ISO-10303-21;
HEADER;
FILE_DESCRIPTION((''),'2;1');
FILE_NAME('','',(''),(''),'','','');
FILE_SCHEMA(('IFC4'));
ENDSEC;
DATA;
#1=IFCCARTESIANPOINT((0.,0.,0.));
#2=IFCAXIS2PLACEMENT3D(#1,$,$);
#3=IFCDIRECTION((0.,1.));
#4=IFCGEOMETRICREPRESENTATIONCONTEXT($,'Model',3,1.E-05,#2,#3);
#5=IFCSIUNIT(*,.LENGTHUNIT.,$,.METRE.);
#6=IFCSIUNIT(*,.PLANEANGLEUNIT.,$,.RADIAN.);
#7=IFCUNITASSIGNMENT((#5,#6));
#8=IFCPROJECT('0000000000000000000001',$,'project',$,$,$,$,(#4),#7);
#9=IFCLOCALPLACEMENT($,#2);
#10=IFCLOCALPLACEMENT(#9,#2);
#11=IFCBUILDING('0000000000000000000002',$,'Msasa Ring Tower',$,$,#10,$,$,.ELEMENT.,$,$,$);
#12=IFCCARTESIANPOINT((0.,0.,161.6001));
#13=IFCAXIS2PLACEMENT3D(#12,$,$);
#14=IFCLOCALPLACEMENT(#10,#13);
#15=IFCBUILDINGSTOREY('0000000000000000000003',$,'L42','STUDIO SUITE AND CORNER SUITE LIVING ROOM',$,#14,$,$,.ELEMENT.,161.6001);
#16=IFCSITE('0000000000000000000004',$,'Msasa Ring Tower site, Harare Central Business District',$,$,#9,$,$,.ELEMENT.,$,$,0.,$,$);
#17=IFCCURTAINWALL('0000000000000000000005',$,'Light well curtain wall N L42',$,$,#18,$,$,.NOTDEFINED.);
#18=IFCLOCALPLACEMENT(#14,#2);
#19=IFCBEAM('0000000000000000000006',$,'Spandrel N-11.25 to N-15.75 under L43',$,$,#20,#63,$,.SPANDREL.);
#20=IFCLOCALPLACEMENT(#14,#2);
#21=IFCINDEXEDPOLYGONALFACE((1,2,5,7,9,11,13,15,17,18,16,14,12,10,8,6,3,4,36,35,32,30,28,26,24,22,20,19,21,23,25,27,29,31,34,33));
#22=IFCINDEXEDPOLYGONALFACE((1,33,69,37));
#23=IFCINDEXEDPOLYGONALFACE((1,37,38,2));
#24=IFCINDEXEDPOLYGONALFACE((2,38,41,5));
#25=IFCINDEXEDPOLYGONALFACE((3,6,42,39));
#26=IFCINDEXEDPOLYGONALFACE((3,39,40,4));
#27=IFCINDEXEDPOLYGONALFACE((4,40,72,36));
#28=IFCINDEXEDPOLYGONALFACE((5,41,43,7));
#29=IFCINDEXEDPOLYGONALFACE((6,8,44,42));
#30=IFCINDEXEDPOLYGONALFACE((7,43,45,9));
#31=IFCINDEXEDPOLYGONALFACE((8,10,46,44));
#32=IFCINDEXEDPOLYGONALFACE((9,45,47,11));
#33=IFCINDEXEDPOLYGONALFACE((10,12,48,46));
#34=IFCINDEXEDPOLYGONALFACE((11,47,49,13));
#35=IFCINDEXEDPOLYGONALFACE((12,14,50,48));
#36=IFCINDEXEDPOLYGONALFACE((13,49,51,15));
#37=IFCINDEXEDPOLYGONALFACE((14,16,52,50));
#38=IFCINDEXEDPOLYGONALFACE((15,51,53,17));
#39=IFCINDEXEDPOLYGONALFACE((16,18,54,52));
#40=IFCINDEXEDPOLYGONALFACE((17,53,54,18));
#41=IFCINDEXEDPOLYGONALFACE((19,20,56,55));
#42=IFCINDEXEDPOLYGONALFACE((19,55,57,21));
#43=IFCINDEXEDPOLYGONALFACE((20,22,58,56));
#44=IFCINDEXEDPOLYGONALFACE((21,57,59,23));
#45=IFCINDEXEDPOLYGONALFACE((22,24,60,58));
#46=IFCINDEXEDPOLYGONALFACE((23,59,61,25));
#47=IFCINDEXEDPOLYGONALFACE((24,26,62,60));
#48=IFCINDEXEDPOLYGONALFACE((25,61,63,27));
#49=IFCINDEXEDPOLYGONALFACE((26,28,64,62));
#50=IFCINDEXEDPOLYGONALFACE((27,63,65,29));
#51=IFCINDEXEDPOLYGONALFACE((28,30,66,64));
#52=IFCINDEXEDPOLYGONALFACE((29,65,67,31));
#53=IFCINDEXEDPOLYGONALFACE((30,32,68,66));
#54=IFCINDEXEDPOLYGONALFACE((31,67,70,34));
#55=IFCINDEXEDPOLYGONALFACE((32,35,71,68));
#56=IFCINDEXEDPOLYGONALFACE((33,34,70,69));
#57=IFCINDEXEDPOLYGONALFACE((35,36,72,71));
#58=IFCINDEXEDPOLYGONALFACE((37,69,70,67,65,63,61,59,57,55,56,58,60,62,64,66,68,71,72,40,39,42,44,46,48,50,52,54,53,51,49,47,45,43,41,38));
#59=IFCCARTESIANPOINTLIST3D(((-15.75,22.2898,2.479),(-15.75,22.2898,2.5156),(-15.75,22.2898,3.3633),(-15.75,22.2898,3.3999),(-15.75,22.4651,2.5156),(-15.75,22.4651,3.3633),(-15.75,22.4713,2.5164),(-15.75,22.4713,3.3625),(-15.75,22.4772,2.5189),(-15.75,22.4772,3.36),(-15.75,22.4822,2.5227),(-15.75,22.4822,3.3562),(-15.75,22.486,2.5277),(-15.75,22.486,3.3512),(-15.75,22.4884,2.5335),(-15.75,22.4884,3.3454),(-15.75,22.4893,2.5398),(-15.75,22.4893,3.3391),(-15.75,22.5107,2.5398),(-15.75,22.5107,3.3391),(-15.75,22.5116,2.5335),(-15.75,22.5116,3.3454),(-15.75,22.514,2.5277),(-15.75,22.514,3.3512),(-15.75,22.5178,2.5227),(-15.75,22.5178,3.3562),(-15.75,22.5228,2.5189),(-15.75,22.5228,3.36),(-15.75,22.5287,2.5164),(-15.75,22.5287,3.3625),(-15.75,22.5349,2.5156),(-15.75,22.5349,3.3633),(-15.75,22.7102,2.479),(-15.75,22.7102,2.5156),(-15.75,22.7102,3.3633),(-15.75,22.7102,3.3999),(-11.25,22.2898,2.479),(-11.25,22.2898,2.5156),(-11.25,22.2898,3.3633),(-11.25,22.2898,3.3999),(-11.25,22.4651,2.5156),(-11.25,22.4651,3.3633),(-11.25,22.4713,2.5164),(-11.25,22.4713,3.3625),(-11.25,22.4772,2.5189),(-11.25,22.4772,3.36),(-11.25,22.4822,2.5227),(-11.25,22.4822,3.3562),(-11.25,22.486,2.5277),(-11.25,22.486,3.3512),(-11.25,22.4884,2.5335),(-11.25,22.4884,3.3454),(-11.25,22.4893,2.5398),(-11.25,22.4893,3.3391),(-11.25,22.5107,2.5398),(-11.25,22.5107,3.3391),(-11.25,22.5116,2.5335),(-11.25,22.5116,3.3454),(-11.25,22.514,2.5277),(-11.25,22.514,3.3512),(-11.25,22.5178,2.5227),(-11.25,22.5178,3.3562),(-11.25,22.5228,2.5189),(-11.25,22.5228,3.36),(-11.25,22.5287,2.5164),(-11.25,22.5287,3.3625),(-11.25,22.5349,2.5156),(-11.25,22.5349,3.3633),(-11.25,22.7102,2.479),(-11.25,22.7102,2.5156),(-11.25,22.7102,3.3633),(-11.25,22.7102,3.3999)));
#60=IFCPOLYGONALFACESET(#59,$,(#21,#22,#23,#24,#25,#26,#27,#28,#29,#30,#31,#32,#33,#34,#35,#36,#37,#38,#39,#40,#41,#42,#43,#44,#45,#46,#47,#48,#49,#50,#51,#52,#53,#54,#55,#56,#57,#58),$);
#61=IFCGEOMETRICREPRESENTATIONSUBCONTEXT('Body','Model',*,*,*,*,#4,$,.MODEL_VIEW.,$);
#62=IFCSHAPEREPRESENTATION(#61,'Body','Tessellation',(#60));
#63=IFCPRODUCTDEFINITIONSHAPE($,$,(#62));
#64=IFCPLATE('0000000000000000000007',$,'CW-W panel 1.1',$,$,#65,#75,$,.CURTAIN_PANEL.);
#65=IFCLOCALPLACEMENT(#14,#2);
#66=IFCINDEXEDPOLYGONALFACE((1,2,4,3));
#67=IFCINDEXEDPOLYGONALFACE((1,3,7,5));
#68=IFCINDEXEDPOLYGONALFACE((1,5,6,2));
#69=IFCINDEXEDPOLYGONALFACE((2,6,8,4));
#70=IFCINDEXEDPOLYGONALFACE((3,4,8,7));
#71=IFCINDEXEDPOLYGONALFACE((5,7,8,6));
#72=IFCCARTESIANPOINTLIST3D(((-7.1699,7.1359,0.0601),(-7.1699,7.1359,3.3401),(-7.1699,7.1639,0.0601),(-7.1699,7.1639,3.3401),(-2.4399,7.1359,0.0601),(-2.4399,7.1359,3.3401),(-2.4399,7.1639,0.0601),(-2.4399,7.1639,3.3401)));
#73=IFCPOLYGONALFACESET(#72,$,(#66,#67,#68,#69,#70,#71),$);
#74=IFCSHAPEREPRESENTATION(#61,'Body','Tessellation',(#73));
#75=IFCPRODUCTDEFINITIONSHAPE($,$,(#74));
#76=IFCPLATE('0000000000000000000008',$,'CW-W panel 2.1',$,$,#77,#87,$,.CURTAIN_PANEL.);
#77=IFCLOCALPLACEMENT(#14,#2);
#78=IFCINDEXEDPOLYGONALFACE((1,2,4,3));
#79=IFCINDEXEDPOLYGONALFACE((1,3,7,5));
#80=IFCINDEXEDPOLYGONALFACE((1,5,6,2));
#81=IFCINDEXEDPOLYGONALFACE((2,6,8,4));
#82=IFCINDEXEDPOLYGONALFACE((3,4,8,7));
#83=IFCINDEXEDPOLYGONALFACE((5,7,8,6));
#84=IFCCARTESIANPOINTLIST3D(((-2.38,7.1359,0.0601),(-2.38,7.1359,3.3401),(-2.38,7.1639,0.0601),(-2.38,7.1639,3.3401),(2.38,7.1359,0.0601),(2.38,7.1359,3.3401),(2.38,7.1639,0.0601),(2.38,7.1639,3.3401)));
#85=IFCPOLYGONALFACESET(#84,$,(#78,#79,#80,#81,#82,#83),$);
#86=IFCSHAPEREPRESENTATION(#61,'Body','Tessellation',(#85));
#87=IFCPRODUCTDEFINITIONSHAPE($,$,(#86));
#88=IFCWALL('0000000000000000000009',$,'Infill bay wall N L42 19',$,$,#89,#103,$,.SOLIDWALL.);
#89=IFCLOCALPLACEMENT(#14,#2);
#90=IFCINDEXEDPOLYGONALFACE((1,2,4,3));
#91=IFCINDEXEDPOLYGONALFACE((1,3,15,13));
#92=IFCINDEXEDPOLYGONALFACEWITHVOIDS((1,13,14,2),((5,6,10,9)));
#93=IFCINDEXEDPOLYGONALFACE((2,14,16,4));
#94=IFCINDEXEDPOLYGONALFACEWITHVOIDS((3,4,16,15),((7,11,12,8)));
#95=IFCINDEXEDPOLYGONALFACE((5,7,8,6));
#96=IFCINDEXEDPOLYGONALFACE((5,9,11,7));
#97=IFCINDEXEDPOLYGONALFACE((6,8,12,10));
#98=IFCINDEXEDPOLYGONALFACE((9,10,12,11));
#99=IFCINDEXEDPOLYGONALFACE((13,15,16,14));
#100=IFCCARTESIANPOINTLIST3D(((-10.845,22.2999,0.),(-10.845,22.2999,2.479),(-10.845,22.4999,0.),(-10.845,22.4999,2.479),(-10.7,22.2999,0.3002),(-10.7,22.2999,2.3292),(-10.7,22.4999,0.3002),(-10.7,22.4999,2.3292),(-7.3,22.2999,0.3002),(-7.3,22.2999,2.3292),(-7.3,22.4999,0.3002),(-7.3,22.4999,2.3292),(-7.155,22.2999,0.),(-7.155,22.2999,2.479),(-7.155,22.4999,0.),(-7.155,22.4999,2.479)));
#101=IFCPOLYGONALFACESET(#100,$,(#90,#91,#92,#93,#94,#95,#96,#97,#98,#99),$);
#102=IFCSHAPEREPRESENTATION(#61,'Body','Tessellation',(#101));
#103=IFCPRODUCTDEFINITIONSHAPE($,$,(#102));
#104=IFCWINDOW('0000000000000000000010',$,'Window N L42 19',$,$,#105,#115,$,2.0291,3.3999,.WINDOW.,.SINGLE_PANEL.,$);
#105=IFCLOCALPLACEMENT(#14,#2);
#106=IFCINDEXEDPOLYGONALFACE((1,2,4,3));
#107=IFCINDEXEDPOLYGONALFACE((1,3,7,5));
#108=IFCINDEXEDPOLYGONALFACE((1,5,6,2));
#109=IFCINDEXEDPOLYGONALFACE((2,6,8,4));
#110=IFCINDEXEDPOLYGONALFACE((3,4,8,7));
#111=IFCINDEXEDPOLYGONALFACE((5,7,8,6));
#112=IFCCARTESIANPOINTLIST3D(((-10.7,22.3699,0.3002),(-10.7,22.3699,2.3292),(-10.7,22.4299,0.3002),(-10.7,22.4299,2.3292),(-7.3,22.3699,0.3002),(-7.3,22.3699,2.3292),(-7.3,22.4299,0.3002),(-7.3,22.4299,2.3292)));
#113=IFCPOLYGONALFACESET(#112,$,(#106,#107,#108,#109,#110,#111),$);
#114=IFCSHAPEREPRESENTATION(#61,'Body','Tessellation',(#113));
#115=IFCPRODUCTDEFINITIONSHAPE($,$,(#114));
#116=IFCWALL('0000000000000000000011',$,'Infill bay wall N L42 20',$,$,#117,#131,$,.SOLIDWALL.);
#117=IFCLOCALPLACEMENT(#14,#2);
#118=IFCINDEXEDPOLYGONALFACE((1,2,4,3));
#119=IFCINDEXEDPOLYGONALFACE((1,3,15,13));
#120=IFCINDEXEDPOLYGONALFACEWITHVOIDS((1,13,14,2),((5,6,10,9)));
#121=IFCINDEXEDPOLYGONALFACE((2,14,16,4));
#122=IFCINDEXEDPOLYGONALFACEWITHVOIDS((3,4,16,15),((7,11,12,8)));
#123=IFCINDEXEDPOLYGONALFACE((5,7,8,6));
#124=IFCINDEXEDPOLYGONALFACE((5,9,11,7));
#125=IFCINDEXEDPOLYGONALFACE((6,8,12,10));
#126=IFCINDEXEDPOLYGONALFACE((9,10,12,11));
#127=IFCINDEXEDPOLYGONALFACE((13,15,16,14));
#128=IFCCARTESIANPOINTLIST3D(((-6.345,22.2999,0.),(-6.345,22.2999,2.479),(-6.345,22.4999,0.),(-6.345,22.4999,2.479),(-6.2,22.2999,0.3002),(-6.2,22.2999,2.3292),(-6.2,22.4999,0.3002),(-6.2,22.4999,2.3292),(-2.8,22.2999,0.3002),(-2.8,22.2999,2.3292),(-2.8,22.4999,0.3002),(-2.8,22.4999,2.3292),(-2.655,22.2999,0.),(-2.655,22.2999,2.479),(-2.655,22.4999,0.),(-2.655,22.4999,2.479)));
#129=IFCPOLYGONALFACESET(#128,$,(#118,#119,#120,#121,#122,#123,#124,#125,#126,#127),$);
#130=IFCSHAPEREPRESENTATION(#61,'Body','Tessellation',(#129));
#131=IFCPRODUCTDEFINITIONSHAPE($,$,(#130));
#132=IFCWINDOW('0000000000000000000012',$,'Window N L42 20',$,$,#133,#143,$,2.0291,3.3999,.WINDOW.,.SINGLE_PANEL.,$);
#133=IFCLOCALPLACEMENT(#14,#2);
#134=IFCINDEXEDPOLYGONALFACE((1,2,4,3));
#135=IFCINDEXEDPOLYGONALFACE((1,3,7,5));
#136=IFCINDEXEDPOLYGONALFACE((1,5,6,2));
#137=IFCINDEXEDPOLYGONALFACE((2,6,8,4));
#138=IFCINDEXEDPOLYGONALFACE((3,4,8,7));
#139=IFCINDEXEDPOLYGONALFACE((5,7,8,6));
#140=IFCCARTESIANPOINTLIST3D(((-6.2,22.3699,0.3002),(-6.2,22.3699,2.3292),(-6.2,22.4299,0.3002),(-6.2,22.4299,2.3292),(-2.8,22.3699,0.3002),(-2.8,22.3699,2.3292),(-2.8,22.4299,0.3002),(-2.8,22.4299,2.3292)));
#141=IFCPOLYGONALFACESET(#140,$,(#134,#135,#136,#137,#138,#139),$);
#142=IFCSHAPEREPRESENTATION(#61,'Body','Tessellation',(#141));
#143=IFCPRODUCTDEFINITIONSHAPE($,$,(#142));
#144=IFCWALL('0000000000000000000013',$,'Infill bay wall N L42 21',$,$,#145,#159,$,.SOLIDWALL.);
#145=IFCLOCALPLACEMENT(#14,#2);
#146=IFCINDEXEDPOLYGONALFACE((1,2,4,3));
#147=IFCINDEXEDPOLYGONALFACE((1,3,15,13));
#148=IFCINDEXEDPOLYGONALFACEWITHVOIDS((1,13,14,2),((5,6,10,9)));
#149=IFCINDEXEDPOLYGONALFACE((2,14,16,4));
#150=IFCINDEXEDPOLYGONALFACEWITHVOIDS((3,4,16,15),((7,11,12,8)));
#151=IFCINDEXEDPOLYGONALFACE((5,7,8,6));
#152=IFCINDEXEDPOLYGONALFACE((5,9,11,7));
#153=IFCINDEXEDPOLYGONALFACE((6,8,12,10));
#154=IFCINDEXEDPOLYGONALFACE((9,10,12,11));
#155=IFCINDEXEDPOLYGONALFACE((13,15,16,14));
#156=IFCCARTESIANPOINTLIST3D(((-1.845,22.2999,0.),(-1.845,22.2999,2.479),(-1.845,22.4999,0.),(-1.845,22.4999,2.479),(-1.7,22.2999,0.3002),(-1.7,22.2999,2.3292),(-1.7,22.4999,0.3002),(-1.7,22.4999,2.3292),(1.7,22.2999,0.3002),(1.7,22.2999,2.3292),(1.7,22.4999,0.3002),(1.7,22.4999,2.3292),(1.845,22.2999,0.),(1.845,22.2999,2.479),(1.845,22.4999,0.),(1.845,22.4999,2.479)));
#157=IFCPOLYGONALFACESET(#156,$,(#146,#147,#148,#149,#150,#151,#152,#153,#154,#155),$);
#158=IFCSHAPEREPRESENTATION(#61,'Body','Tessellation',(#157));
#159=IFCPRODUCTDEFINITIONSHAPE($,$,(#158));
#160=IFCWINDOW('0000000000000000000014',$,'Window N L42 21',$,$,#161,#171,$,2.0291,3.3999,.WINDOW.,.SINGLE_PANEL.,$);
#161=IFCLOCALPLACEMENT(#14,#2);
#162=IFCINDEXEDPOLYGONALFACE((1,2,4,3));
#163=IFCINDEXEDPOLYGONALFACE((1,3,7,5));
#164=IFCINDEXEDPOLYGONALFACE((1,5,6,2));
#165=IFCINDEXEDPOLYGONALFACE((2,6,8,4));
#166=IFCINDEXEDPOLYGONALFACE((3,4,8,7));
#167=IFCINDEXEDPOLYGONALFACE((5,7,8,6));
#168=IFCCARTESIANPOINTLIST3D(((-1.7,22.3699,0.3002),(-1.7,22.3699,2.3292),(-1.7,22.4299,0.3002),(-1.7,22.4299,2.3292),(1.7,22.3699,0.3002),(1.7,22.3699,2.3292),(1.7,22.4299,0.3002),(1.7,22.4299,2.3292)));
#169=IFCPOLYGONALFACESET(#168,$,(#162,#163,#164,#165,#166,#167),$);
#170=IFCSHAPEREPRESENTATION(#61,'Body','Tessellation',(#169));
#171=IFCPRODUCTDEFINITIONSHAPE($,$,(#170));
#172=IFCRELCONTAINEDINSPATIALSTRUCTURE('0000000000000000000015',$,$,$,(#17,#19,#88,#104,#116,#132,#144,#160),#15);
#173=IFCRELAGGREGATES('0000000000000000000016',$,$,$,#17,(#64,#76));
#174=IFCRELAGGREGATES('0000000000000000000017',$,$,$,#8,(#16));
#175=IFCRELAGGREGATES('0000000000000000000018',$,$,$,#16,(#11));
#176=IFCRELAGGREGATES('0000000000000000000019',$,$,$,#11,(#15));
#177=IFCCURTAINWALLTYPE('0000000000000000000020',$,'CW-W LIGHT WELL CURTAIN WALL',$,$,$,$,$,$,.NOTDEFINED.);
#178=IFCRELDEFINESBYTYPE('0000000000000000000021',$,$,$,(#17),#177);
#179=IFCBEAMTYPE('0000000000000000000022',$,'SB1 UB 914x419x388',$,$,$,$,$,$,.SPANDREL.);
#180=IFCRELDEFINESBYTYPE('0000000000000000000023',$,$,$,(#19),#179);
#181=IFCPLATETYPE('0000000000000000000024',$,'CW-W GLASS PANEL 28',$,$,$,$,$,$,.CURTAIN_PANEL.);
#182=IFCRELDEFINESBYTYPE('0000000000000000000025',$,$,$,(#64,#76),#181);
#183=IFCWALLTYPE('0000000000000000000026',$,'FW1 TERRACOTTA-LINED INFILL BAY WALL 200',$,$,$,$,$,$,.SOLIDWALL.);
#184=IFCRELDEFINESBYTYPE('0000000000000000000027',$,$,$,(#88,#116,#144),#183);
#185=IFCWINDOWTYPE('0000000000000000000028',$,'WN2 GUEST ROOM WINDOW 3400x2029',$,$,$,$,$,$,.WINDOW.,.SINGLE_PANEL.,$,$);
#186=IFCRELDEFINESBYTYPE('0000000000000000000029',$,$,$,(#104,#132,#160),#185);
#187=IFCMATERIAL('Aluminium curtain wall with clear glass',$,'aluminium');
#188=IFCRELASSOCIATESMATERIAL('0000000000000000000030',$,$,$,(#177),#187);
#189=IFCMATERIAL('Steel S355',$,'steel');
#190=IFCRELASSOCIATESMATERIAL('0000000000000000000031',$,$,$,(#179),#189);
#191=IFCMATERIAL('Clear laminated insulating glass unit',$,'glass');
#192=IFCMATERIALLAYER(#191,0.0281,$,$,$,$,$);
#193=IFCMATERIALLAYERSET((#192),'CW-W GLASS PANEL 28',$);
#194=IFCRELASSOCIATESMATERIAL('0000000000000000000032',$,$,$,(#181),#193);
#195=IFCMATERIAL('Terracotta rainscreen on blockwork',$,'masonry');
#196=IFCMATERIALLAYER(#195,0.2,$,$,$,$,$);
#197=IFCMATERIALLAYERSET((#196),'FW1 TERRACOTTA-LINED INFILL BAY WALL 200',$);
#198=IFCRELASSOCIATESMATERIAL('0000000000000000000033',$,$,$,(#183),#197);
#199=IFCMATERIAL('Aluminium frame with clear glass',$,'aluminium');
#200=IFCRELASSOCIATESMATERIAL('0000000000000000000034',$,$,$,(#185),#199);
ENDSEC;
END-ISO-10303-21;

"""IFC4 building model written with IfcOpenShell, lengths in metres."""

from ifc_helpers import new_model, si_unit, direction, frame, frame_2d, origin, origin_2d, place, context, subcontext, project, spatial, rectangle, i_section, extrude, material, layer, layer_set, material_profile, profile_set, type_object, element, fill, aggregate, save


model = new_model("IFC4")

# Units and contexts
model_context = context("Model", 3, precision=1e-05, world=origin(), true_north=direction((0.0, 1.0)))
body_context = subcontext(model_context, "Body", "Model", "MODEL_VIEW")
ifc_project = project(units=[si_unit("LENGTHUNIT", "METRE"), si_unit("PLANEANGLEUNIT", "RADIAN")], contexts=[model_context])

# Site, building, storey
site_placement = place(None, origin())
site = spatial("IfcSite", under=ifc_project, at=site_placement, Name="Msasa Ring Tower site, Harare Central Business District", CompositionType="ELEMENT", RefElevation=0.0)
building_placement = place(site_placement, origin())
building = spatial("IfcBuilding", under=site, at=building_placement, Name="Msasa Ring Tower", CompositionType="ELEMENT")
storey_placement = place(building_placement, frame((0.0, 0.0, 161.6001)))
storey = spatial("IfcBuildingStorey", under=building, at=storey_placement, Name="L42", Description="STUDIO SUITE AND CORNER SUITE LIVING ROOM", CompositionType="ELEMENT", Elevation=161.6001)

# Curtain wall
ifc_material_1 = material(Name="Aluminium curtain wall with clear glass", Category="aluminium")
curtain_wall_type = type_object("IfcCurtainWallType", Name="CW-W LIGHT WELL CURTAIN WALL", PredefinedType="NOTDEFINED", material=ifc_material_1)
curtain_wall_placement = place(storey_placement, origin())
curtain_wall = element("IfcCurtainWall", 1, at=curtain_wall_placement, inside=storey, type_object=curtain_wall_type, Name="Light well curtain wall N L42", PredefinedType="NOTDEFINED")

# Beam
ifc_material_2 = material(Name="Steel S355", Category="steel")
ifc_material_profile_1 = material_profile(ifc_material_2, i_section(OverallWidth=0.4204, OverallDepth=0.9209, WebThickness=0.0215, FlangeThickness=0.0366, FilletRadius=0.0242, at=origin_2d()), Name="UB 914x419x388")
ifc_profile_set_1 = profile_set([ifc_material_profile_1], Name="Steel S355")
beam_type_1 = type_object("IfcBeamType", Name="SB1 UB 914x419x388", PredefinedType="SPANDREL", material=ifc_profile_set_1)
for number, where, z_axis, x_axis, name in (
    (2, (-11.25, 22.5, 2.9395), (-1.0, 0.0, 0.0), (0.0, -1.0, 0.0), "Spandrel N-11.25 to N-15.75 under L43"),
):
    element("IfcBeam", number, at=place(storey_placement, frame(where, z_axis=z_axis, x_axis=x_axis)), inside=storey, type_object=beam_type_1, Name=name, PredefinedType="SPANDREL", context=body_context, shape_type="SweptSolid", body=[
        extrude(i_section(OverallWidth=0.4204, OverallDepth=0.9209, WebThickness=0.0215, FlangeThickness=0.0366, FilletRadius=0.0242, at=origin_2d()), origin(), (0.0, 0.0, 1.0), 4.5),
    ])

# Plates
ifc_material_3 = material(Name="Clear laminated insulating glass unit", Category="glass")
ifc_layer_1 = layer(ifc_material_3, 0.0281)
ifc_layer_set_1 = layer_set([ifc_layer_1], Name="CW-W GLASS PANEL 28")
plate_type = type_object("IfcPlateType", Name="CW-W GLASS PANEL 28", PredefinedType="CURTAIN_PANEL", material=ifc_layer_set_1)
plate_1_placement = place(storey_placement, frame((-4.8049, 7.1499, 0.0601), z_axis=(0.0, 0.0, 1.0), x_axis=(1.0, 0.0, 0.0)))
plate_1 = element("IfcPlate", 3, at=plate_1_placement, type_object=plate_type, Name="CW-W panel 1.1", PredefinedType="CURTAIN_PANEL", context=body_context, shape_type="SweptSolid", body=[
    extrude(rectangle(XDim=4.73, YDim=0.0281, at=origin_2d()), origin(), (0.0, 0.0, 1.0), 3.28),
])
plate_2_placement = place(storey_placement, frame((0.0, 7.1499, 0.0601), z_axis=(0.0, 0.0, 1.0), x_axis=(1.0, 0.0, 0.0)))
plate_2 = element("IfcPlate", 4, at=plate_2_placement, type_object=plate_type, Name="CW-W panel 2.1", PredefinedType="CURTAIN_PANEL", context=body_context, shape_type="SweptSolid", body=[
    extrude(rectangle(XDim=4.76, YDim=0.0281, at=origin_2d()), origin(), (0.0, 0.0, 1.0), 3.28),
])
aggregate(curtain_wall, [plate_1, plate_2])

# Walls, openings, windows
ifc_material_4 = material(Name="Terracotta rainscreen on blockwork", Category="masonry")
ifc_layer_2 = layer(ifc_material_4, 0.2)
ifc_layer_set_2 = layer_set([ifc_layer_2], Name="FW1 TERRACOTTA-LINED INFILL BAY WALL 200")
wall_type_1 = type_object("IfcWallType", Name="FW1 TERRACOTTA-LINED INFILL BAY WALL 200", PredefinedType="SOLIDWALL", material=ifc_layer_set_2)
wall_1_placement = place(storey_placement, frame((-10.845, 22.3999, 0.0), z_axis=(0.0, 0.0, 1.0), x_axis=(1.0, 0.0, 0.0)))
wall_1 = element("IfcWall", 5, at=wall_1_placement, inside=storey, type_object=wall_type_1, Name="Infill bay wall N L42 19", PredefinedType="SOLIDWALL", context=body_context, shape_type="SweptSolid", body=[
    extrude(rectangle(XDim=3.6899, YDim=0.2, at=frame_2d((1.845, 0.0))), origin(), (0.0, 0.0, 1.0), 2.479),
])
opening_1_placement = place(wall_1_placement, frame((0.145, 0.0, 0.3)))
opening_1 = element("IfcOpeningElement", 6, at=opening_1_placement, cuts=wall_1, PredefinedType="OPENING", context=body_context, shape_type="SweptSolid", body=[
    extrude(rectangle(XDim=3.3999, YDim=2.0291, at=frame_2d((1.7, 1.0146))), frame((0.0, 0.1099, 0.0), z_axis=(0.0, -1.0, 0.0), x_axis=(1.0, 0.0, 0.0)), (0.0, 0.0, 1.0), 0.22),
])
ifc_material_5 = material(Name="Aluminium frame with clear glass", Category="aluminium")
window_type = type_object("IfcWindowType", Name="WN2 GUEST ROOM WINDOW 3400x2029", PartitioningType="SINGLE_PANEL", PredefinedType="WINDOW", material=ifc_material_5)
window_1_placement = place(opening_1_placement, origin())
window_1 = element("IfcWindow", 7, at=window_1_placement, inside=storey, type_object=window_type, Name="Window N L42 19", OverallHeight=2.0291, OverallWidth=3.3999, PartitioningType="SINGLE_PANEL", PredefinedType="WINDOW", context=body_context, shape_type="SweptSolid", body=[
    extrude(rectangle(XDim=3.3999, YDim=2.0291, at=frame_2d((1.7, 1.0146))), frame((0.0, 0.03, 0.0), z_axis=(0.0, -1.0, 0.0), x_axis=(1.0, 0.0, 0.0)), (0.0, 0.0, 1.0), 0.0601),
])
fill(opening_1, window_1)
wall_2_placement = place(storey_placement, frame((-6.345, 22.3999, 0.0), z_axis=(0.0, 0.0, 1.0), x_axis=(1.0, 0.0, 0.0)))
wall_2 = element("IfcWall", 8, at=wall_2_placement, inside=storey, type_object=wall_type_1, Name="Infill bay wall N L42 20", PredefinedType="SOLIDWALL", context=body_context, shape_type="SweptSolid", body=[
    extrude(rectangle(XDim=3.6899, YDim=0.2, at=frame_2d((1.845, 0.0))), origin(), (0.0, 0.0, 1.0), 2.479),
])
opening_2_placement = place(wall_2_placement, frame((0.145, 0.0, 0.3)))
opening_2 = element("IfcOpeningElement", 9, at=opening_2_placement, cuts=wall_2, PredefinedType="OPENING", context=body_context, shape_type="SweptSolid", body=[
    extrude(rectangle(XDim=3.3999, YDim=2.0291, at=frame_2d((1.7, 1.0146))), frame((0.0, 0.1099, 0.0), z_axis=(0.0, -1.0, 0.0), x_axis=(1.0, 0.0, 0.0)), (0.0, 0.0, 1.0), 0.22),
])
window_2_placement = place(opening_2_placement, origin())
window_2 = element("IfcWindow", 10, at=window_2_placement, inside=storey, type_object=window_type, Name="Window N L42 20", OverallHeight=2.0291, OverallWidth=3.3999, PartitioningType="SINGLE_PANEL", PredefinedType="WINDOW", context=body_context, shape_type="SweptSolid", body=[
    extrude(rectangle(XDim=3.3999, YDim=2.0291, at=frame_2d((1.7, 1.0146))), frame((0.0, 0.03, 0.0), z_axis=(0.0, -1.0, 0.0), x_axis=(1.0, 0.0, 0.0)), (0.0, 0.0, 1.0), 0.0601),
])
fill(opening_2, window_2)
wall_3_placement = place(storey_placement, frame((-1.845, 22.3999, 0.0), z_axis=(0.0, 0.0, 1.0), x_axis=(1.0, 0.0, 0.0)))
wall_3 = element("IfcWall", 11, at=wall_3_placement, inside=storey, type_object=wall_type_1, Name="Infill bay wall N L42 21", PredefinedType="SOLIDWALL", context=body_context, shape_type="SweptSolid", body=[
    extrude(rectangle(XDim=3.6899, YDim=0.2, at=frame_2d((1.845, 0.0))), origin(), (0.0, 0.0, 1.0), 2.479),
])
opening_3_placement = place(wall_3_placement, frame((0.145, 0.0, 0.3)))
opening_3 = element("IfcOpeningElement", 12, at=opening_3_placement, cuts=wall_3, PredefinedType="OPENING", context=body_context, shape_type="SweptSolid", body=[
    extrude(rectangle(XDim=3.3999, YDim=2.0291, at=frame_2d((1.7, 1.0146))), frame((0.0, 0.1099, 0.0), z_axis=(0.0, -1.0, 0.0), x_axis=(1.0, 0.0, 0.0)), (0.0, 0.0, 1.0), 0.22),
])
window_3_placement = place(opening_3_placement, origin())
window_3 = element("IfcWindow", 13, at=window_3_placement, inside=storey, type_object=window_type, Name="Window N L42 21", OverallHeight=2.0291, OverallWidth=3.3999, PartitioningType="SINGLE_PANEL", PredefinedType="WINDOW", context=body_context, shape_type="SweptSolid", body=[
    extrude(rectangle(XDim=3.3999, YDim=2.0291, at=frame_2d((1.7, 1.0146))), frame((0.0, 0.03, 0.0), z_axis=(0.0, -1.0, 0.0), x_axis=(1.0, 0.0, 0.0)), (0.0, 0.0, 1.0), 0.0601),
])
fill(opening_3, window_3)

save(model, "model.ifc")
